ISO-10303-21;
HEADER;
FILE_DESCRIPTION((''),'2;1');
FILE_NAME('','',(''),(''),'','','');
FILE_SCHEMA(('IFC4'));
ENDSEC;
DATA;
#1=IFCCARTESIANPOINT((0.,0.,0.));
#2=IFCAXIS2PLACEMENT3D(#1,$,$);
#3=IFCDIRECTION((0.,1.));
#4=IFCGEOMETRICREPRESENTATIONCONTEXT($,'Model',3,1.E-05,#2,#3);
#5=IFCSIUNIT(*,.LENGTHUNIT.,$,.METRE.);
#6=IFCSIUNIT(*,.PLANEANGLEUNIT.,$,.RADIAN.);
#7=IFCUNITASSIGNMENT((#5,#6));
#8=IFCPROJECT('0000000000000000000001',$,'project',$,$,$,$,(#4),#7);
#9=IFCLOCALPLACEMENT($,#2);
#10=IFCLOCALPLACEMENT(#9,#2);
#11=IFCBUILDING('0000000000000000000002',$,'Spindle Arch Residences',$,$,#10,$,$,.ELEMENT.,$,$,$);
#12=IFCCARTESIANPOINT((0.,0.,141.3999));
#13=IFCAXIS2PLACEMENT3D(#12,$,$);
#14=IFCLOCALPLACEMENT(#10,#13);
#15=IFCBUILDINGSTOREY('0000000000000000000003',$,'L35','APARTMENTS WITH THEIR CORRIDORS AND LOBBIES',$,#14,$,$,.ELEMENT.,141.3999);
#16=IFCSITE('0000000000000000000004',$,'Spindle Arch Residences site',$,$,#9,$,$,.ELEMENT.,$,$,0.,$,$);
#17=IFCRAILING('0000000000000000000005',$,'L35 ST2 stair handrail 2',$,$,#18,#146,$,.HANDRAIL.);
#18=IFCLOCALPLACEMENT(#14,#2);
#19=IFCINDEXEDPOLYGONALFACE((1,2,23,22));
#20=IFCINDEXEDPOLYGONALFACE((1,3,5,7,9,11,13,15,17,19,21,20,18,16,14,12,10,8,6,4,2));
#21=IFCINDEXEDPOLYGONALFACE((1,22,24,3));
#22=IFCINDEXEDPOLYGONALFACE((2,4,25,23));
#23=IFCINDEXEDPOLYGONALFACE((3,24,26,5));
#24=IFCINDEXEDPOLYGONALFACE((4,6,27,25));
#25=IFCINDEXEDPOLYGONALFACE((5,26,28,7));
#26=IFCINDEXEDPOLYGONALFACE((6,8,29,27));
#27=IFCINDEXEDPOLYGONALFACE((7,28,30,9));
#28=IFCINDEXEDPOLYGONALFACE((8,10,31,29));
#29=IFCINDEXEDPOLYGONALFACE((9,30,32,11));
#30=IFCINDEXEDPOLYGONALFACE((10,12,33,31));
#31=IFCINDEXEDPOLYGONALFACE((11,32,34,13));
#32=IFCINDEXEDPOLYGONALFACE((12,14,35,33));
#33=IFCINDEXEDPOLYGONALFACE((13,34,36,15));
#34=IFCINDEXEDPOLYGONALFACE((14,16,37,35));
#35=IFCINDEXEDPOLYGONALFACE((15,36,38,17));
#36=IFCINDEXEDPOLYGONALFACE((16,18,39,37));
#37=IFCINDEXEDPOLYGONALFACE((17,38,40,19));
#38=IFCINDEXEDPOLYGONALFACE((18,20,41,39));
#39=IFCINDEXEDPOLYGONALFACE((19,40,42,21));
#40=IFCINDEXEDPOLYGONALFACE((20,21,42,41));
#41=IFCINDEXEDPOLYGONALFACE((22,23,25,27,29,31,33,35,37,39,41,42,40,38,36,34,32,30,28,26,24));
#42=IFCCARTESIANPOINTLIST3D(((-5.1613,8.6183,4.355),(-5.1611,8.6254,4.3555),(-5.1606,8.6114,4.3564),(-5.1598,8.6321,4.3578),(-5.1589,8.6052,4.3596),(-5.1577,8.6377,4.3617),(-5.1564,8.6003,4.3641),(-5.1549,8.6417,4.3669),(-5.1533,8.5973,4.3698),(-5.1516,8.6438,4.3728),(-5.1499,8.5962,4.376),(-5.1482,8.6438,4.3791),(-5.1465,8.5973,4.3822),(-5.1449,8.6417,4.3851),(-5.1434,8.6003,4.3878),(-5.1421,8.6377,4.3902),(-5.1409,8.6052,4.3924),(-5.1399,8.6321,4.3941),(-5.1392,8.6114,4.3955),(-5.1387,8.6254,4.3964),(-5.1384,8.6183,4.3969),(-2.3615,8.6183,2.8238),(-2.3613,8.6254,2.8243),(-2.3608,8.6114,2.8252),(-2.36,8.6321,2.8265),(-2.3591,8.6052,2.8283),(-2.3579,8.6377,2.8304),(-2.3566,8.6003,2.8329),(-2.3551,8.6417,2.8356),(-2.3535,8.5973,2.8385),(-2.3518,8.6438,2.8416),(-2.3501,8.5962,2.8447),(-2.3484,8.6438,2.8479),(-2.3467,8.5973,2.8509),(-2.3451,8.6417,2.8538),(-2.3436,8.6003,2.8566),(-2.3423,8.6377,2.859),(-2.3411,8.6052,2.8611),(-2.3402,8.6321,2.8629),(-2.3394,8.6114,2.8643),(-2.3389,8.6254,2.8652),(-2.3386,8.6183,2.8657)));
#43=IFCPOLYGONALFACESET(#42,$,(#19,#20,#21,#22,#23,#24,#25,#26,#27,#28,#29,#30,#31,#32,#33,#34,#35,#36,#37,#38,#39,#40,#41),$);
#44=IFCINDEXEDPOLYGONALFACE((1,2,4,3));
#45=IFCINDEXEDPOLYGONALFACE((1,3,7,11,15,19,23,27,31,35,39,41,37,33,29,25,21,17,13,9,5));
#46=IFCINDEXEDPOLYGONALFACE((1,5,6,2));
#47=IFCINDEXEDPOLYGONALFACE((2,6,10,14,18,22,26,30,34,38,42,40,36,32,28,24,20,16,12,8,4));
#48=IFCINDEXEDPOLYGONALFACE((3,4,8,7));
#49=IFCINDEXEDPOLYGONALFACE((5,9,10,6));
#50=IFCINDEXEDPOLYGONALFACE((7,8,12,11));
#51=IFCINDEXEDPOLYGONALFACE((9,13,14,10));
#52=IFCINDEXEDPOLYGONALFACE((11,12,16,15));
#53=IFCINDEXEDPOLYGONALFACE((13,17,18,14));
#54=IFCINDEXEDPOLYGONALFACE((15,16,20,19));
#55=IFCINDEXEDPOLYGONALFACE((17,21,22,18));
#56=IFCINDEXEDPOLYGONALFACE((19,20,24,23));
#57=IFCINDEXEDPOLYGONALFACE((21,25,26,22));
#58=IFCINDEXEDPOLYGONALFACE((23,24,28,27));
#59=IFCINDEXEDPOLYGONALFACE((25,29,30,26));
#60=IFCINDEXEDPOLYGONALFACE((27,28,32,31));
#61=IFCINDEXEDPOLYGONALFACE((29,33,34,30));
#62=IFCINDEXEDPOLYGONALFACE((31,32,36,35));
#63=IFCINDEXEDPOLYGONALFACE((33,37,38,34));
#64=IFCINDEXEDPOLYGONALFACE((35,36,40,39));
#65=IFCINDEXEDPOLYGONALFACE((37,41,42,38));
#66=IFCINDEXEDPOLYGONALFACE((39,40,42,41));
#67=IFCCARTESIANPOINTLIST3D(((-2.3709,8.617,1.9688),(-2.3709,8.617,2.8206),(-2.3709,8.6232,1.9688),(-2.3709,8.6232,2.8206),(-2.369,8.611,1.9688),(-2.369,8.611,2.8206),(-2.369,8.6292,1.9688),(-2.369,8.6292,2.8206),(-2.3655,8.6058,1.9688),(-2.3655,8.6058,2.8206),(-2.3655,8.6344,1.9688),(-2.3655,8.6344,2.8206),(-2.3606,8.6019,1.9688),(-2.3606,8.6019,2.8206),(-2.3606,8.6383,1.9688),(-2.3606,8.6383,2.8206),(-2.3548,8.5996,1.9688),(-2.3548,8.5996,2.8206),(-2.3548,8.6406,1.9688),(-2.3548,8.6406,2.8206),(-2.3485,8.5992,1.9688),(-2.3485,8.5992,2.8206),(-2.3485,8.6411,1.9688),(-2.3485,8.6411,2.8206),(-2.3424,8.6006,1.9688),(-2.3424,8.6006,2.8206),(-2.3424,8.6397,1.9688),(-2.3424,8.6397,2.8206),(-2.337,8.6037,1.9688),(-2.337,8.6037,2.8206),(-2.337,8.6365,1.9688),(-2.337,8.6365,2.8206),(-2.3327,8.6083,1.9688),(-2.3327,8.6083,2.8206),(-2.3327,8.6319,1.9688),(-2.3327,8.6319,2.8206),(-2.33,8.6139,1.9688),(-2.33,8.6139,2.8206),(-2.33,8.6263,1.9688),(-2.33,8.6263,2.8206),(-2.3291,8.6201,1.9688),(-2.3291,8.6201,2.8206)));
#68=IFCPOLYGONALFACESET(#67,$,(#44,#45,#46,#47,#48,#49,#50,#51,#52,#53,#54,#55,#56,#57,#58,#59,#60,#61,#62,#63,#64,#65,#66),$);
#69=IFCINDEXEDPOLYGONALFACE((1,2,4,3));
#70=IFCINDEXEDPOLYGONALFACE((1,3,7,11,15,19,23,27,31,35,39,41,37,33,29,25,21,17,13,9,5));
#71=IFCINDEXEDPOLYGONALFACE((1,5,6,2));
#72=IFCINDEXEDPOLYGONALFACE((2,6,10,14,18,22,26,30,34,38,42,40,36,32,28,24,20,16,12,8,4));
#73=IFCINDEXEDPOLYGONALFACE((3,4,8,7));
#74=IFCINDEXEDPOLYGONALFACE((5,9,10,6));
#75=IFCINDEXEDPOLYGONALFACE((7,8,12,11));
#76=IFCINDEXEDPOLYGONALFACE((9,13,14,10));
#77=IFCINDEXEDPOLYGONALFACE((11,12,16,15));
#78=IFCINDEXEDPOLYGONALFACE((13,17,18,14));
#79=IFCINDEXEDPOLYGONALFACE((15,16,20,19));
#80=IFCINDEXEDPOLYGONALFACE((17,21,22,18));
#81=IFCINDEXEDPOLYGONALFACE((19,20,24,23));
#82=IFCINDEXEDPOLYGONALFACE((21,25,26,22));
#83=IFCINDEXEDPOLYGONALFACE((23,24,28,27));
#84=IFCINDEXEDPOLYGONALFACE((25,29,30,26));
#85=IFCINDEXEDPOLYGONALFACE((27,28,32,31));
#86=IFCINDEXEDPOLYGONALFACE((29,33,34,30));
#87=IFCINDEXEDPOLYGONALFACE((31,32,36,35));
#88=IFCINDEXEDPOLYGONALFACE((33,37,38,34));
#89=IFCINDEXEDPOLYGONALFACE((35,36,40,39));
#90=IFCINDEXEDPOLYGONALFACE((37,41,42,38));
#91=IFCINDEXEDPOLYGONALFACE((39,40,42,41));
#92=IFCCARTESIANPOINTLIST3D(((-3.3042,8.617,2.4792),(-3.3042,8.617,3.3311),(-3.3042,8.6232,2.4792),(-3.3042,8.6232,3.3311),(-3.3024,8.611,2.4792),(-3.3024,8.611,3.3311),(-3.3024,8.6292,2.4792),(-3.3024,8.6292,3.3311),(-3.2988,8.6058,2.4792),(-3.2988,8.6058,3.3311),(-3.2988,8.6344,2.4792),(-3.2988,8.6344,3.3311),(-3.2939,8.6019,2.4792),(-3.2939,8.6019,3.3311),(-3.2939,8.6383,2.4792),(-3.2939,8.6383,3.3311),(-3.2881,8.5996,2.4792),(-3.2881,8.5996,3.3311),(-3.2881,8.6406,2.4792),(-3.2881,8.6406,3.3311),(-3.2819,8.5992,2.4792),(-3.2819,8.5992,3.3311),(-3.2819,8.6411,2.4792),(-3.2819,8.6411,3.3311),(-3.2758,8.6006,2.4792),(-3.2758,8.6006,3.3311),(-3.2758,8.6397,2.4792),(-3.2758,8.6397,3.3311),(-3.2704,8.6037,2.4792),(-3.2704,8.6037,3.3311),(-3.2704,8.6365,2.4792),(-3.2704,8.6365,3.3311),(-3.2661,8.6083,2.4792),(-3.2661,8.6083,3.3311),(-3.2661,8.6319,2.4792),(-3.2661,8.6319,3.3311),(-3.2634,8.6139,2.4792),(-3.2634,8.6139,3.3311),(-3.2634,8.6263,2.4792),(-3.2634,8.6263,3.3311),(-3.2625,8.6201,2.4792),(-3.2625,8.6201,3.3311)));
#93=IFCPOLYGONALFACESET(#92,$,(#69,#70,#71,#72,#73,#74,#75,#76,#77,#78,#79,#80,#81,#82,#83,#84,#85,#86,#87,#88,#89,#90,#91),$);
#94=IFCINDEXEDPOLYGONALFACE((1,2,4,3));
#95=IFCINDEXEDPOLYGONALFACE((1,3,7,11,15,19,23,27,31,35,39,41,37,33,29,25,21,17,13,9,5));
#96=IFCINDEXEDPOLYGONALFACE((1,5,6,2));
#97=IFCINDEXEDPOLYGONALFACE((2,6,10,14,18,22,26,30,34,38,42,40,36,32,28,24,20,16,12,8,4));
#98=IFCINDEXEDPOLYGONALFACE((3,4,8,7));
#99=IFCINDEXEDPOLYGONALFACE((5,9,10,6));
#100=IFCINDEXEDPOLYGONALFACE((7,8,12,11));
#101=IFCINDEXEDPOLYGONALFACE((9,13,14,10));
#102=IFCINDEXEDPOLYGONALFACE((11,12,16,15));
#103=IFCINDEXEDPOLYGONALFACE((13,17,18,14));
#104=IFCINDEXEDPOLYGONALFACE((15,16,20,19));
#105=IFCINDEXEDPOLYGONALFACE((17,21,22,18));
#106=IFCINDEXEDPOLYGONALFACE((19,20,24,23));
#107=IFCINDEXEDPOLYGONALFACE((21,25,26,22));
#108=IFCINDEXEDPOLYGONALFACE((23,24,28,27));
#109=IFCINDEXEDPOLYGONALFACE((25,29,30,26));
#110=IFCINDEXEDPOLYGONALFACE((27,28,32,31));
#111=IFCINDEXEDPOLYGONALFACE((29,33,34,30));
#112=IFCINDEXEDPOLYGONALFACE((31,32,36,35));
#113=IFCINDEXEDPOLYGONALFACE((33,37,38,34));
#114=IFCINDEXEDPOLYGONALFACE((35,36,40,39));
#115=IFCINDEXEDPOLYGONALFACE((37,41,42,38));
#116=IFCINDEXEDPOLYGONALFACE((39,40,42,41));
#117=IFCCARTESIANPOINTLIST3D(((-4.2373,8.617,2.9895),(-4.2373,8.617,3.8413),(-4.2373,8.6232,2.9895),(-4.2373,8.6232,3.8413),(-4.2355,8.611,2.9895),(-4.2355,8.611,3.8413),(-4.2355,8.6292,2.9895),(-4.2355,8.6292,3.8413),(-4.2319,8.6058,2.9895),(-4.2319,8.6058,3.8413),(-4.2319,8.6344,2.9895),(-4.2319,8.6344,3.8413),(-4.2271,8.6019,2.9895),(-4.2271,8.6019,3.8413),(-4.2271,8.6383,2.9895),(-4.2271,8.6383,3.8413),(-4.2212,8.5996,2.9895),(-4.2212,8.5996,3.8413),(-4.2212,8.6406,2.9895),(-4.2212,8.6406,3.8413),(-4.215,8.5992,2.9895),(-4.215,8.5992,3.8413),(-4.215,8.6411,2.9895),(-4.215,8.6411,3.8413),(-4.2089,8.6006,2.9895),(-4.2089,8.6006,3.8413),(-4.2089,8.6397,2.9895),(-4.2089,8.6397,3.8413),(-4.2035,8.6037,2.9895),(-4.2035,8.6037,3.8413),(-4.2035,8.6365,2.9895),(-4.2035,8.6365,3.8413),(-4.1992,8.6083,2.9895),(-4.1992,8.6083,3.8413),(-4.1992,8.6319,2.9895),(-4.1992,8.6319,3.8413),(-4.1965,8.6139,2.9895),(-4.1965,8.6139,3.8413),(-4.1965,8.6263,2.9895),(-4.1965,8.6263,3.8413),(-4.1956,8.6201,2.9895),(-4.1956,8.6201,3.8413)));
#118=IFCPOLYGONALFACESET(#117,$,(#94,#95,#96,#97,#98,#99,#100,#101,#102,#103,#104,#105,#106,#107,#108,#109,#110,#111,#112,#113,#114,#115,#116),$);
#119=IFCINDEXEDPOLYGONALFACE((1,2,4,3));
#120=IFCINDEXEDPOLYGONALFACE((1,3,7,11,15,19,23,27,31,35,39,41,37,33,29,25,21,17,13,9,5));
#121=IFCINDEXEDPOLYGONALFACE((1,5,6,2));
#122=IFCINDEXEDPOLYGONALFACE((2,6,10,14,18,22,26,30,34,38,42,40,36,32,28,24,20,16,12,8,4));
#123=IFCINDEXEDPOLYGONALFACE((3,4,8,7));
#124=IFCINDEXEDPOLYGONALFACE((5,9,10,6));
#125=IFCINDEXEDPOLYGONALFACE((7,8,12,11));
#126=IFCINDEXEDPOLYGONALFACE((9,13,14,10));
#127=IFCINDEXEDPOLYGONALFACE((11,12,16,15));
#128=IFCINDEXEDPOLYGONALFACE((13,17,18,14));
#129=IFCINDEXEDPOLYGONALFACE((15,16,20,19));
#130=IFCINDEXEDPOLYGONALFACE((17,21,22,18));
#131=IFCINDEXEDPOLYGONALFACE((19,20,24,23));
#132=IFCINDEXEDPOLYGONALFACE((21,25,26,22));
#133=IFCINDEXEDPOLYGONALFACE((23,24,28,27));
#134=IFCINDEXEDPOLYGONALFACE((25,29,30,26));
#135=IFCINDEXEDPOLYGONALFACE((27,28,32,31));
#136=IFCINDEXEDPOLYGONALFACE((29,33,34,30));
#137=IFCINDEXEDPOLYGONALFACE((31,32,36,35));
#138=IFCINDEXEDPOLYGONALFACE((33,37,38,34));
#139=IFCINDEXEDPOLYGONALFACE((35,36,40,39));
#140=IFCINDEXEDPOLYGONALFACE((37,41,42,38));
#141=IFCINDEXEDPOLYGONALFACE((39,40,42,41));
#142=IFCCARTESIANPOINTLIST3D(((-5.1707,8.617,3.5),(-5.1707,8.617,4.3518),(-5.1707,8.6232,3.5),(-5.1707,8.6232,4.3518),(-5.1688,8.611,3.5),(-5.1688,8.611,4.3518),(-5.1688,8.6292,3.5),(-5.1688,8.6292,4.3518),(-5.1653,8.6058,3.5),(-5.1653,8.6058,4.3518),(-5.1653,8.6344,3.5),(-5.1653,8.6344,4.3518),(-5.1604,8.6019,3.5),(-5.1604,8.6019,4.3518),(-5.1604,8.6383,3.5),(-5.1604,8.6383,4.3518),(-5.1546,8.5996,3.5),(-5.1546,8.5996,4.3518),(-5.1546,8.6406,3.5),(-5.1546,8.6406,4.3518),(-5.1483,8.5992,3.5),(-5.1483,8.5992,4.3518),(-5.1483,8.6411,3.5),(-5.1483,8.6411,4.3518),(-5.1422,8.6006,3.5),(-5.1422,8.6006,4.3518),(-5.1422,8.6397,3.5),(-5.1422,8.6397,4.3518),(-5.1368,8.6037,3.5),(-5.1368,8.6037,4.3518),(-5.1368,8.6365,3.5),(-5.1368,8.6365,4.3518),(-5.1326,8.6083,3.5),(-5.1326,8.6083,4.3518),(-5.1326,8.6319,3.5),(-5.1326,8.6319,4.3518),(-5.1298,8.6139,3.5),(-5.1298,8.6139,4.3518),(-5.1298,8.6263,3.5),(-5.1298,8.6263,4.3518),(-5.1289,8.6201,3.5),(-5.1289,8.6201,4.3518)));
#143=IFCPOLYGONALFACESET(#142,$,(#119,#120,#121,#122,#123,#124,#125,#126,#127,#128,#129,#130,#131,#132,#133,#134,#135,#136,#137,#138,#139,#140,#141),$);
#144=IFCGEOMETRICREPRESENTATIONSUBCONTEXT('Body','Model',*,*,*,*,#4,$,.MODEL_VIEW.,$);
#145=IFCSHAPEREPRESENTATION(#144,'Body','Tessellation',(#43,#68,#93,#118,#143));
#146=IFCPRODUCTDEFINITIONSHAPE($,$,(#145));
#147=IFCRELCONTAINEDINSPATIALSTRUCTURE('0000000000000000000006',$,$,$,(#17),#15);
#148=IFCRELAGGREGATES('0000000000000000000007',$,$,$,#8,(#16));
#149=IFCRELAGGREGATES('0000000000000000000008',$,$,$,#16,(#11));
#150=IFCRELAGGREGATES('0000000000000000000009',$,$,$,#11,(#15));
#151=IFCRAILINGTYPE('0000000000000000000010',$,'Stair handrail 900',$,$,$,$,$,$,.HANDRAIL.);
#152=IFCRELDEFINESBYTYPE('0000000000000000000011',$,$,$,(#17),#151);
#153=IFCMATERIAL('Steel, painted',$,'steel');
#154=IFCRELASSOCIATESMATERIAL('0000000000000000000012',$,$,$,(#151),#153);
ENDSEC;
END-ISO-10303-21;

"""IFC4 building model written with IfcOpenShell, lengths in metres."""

from ifc_helpers import new_model, si_unit, direction, frame, origin, origin_2d, place, context, subcontext, project, spatial, circle, extrude, material, type_object, element, save


model = new_model("IFC4")

# Units and contexts
model_context = context("Model", 3, precision=1e-05, world=origin(), true_north=direction((0.0, 1.0)))
body_context = subcontext(model_context, "Body", "Model", "MODEL_VIEW")
ifc_project = project(units=[si_unit("LENGTHUNIT", "METRE"), si_unit("PLANEANGLEUNIT", "RADIAN")], contexts=[model_context])

# Site, building, storey
site_placement = place(None, origin())
site = spatial("IfcSite", under=ifc_project, at=site_placement, Name="Spindle Arch Residences site", CompositionType="ELEMENT", RefElevation=0.0)
building_placement = place(site_placement, origin())
building = spatial("IfcBuilding", under=site, at=building_placement, Name="Spindle Arch Residences", CompositionType="ELEMENT")
storey_placement = place(building_placement, frame((0.0, 0.0, 141.3999)))
storey = spatial("IfcBuildingStorey", under=building, at=storey_placement, Name="L35", Description="APARTMENTS WITH THEIR CORRIDORS AND LOBBIES", CompositionType="ELEMENT", Elevation=141.3999)

# Railing
ifc_material_1 = material(Name="Steel, painted", Category="steel")
railing_type_1 = type_object("IfcRailingType", Name="Stair handrail 900", PredefinedType="HANDRAIL", material=ifc_material_1)
railing_1_placement = place(storey_placement, frame((-2.3501, 8.6201, 1.9688)))
element("IfcRailing", 1, at=railing_1_placement, inside=storey, type_object=railing_type_1, Name="L35 ST2 stair handrail 2", PredefinedType="HANDRAIL", context=body_context, shape_type="SweptSolid", body=[
    extrude(circle(Radius=0.0239, at=origin_2d()), frame((0.0, 0.0, 0.876), z_axis=(-0.877357, 0.0, 0.479838), x_axis=(0.0, -1.0, 0.0)), (0.0, 0.0, 1.0), 3.1912),
    extrude(circle(Radius=0.021, at=origin_2d()), origin(), (0.0, 0.0, 1.0), 0.8518),
    extrude(circle(Radius=0.021, at=origin_2d()), frame((-0.9333, 0.0, 0.5105)), (0.0, 0.0, 1.0), 0.8518),
    extrude(circle(Radius=0.021, at=origin_2d()), frame((-1.8665, 0.0, 1.0208)), (0.0, 0.0, 1.0), 0.8518),
    extrude(circle(Radius=0.021, at=origin_2d()), frame((-2.7998, 0.0, 1.5312)), (0.0, 0.0, 1.0), 0.8518),
])

save(model, "model.ifc")
